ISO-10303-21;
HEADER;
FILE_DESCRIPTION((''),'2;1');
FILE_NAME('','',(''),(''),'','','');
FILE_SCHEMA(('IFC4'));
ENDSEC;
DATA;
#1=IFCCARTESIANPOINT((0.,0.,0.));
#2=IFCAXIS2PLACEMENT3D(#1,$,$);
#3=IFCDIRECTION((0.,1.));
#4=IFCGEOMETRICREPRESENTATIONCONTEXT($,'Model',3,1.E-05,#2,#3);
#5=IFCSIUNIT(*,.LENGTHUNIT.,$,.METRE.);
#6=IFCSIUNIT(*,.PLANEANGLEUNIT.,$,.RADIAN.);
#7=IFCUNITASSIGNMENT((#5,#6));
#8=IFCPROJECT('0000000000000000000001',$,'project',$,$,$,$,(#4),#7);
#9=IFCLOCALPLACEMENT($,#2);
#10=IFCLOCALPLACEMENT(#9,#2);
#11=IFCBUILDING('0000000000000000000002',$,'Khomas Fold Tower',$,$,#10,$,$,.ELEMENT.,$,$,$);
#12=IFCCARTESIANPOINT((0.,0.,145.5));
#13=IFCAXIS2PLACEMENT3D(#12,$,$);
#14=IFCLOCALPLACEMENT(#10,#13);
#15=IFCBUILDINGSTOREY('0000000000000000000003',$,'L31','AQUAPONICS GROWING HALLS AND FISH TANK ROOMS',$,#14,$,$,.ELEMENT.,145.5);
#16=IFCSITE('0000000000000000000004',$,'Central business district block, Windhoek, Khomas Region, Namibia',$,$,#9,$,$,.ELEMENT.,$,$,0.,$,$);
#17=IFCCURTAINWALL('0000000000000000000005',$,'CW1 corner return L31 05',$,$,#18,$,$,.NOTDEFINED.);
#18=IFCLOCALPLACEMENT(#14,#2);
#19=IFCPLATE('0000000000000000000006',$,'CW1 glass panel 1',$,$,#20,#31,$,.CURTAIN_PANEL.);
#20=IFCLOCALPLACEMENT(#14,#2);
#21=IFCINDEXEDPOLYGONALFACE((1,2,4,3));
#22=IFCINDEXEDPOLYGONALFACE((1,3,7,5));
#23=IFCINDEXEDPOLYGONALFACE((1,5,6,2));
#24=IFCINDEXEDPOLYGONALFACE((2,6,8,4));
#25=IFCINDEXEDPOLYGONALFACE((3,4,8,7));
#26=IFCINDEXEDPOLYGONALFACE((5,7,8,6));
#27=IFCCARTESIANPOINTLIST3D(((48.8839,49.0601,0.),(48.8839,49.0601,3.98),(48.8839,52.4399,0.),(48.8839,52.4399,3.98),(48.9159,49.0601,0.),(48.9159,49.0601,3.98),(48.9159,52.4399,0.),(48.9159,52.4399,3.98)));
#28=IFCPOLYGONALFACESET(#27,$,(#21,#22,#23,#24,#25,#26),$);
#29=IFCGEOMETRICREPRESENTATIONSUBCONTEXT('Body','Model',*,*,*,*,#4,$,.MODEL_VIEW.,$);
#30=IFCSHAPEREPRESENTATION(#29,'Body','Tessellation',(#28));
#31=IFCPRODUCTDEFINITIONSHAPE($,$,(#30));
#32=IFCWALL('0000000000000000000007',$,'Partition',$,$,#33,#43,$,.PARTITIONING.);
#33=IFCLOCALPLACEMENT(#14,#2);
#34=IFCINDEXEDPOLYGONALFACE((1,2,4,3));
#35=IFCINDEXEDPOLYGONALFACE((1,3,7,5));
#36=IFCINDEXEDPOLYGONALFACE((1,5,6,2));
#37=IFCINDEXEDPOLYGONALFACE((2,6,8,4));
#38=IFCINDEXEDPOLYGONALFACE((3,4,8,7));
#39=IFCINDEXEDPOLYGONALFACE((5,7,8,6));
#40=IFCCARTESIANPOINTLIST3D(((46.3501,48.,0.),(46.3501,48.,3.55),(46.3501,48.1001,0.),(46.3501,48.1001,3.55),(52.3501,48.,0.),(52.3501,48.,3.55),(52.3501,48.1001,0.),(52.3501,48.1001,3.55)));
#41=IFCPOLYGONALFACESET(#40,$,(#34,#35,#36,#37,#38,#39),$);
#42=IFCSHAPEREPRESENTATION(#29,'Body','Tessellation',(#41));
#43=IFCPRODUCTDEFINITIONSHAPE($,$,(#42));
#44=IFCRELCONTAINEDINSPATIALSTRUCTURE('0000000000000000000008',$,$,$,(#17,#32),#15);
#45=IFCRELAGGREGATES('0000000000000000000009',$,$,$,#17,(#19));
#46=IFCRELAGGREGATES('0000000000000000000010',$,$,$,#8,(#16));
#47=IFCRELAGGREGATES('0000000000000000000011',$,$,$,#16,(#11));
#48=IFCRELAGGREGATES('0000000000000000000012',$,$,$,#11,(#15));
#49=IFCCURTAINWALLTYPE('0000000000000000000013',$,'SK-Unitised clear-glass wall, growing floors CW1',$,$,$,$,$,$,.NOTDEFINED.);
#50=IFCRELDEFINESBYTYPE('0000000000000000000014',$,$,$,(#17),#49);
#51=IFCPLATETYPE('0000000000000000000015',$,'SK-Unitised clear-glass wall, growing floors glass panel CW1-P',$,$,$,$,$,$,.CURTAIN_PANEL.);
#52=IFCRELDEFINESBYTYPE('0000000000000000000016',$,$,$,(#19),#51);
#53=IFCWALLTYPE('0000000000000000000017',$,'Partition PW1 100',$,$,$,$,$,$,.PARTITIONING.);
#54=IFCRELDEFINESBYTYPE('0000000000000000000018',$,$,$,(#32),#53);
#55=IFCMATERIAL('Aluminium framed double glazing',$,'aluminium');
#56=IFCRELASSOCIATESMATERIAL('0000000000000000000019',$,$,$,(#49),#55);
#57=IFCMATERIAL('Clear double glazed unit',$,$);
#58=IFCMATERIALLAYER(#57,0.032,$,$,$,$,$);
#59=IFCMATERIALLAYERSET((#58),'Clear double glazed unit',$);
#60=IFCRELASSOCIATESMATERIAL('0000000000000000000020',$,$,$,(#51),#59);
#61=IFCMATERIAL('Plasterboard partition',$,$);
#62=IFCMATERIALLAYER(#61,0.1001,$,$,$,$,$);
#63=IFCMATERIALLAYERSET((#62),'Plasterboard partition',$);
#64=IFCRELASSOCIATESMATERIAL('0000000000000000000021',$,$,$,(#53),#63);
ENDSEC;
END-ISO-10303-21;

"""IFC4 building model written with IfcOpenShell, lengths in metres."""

from ifc_helpers import new_model, si_unit, direction, frame, frame_2d, origin, origin_2d, place, context, subcontext, project, spatial, rectangle, extrude, source, transform, mapped, material, layer, layer_set, type_object, element, aggregate, save


model = new_model("IFC4")

# Units and contexts
model_context = context("Model", 3, precision=1e-05, world=origin(), true_north=direction((0.0, 1.0)))
body_context = subcontext(model_context, "Body", "Model", "MODEL_VIEW")
ifc_project = project(units=[si_unit("LENGTHUNIT", "METRE"), si_unit("PLANEANGLEUNIT", "RADIAN")], contexts=[model_context])

# Site, building, storey
site_placement = place(None, origin())
site = spatial("IfcSite", under=ifc_project, at=site_placement, Name="Central business district block, Windhoek, Khomas Region, Namibia", CompositionType="ELEMENT", RefElevation=0.0)
building_placement = place(site_placement, origin())
building = spatial("IfcBuilding", under=site, at=building_placement, Name="Khomas Fold Tower", CompositionType="ELEMENT")
storey_placement = place(building_placement, frame((0.0, 0.0, 145.5)))
storey = spatial("IfcBuildingStorey", under=building, at=storey_placement, Name="L31", Description="AQUAPONICS GROWING HALLS AND FISH TANK ROOMS", CompositionType="ELEMENT", Elevation=145.5)

# Curtain wall
ifc_material_1 = material(Name="Aluminium framed double glazing", Category="aluminium")
curtain_wall_type = type_object("IfcCurtainWallType", Name="SK-Unitised clear-glass wall, growing floors CW1", PredefinedType="NOTDEFINED", material=ifc_material_1)
curtain_wall_1_placement = place(storey_placement, origin())
curtain_wall_1 = element("IfcCurtainWall", 1, at=curtain_wall_1_placement, inside=storey, type_object=curtain_wall_type, Name="CW1 corner return L31 05", PredefinedType="NOTDEFINED")

# Plate
ifc_material_2 = material(Name="Clear double glazed unit")
ifc_layer_1 = layer(ifc_material_2, 0.032)
ifc_layer_set_1 = layer_set([ifc_layer_1], Name="Clear double glazed unit")
plate_type = type_object("IfcPlateType", Name="SK-Unitised clear-glass wall, growing floors glass panel CW1-P", PredefinedType="CURTAIN_PANEL", material=ifc_layer_set_1)
shared_shape_1 = source(origin(), body_context, "Body", "SweptSolid", [
    extrude(rectangle(XDim=3.3799, YDim=0.032, at=origin_2d()), origin(), (0.0, 0.0, 1.0), 3.98),
])
plate_1_placement = place(storey_placement, frame((48.8999, 50.75, 0.0), z_axis=(0.0, 0.0, 1.0), x_axis=(0.0, 1.0, 0.0)))
plate_1 = element("IfcPlate", 2, at=plate_1_placement, type_object=plate_type, Name="CW1 glass panel 1", PredefinedType="CURTAIN_PANEL", context=body_context, shape_type="MappedRepresentation", body=[
    mapped(shared_shape_1, transform((0.0, 0.0, 0.0))),
])
aggregate(curtain_wall_1, [plate_1])

# Wall
ifc_material_3 = material(Name="Plasterboard partition")
ifc_layer_2 = layer(ifc_material_3, 0.1001)
ifc_layer_set_2 = layer_set([ifc_layer_2], Name="Plasterboard partition")
wall_type = type_object("IfcWallType", Name="Partition PW1 100", PredefinedType="PARTITIONING", material=ifc_layer_set_2)
shared_shape_2 = source(origin(), body_context, "Body", "SweptSolid", [
    extrude(rectangle(XDim=6.0, YDim=0.1001, at=frame_2d((3.0, 0.0))), origin(), (0.0, 0.0, 1.0), 3.55),
])
wall_placement = place(storey_placement, frame((46.3501, 48.05, 0.0), z_axis=(0.0, 0.0, 1.0), x_axis=(1.0, 0.0, 0.0)))
element("IfcWall", 3, at=wall_placement, inside=storey, type_object=wall_type, Name="Partition", PredefinedType="PARTITIONING", context=body_context, shape_type="MappedRepresentation", body=[
    mapped(shared_shape_2, transform((0.0, 0.0, 0.0))),
])

save(model, "model.ifc")
